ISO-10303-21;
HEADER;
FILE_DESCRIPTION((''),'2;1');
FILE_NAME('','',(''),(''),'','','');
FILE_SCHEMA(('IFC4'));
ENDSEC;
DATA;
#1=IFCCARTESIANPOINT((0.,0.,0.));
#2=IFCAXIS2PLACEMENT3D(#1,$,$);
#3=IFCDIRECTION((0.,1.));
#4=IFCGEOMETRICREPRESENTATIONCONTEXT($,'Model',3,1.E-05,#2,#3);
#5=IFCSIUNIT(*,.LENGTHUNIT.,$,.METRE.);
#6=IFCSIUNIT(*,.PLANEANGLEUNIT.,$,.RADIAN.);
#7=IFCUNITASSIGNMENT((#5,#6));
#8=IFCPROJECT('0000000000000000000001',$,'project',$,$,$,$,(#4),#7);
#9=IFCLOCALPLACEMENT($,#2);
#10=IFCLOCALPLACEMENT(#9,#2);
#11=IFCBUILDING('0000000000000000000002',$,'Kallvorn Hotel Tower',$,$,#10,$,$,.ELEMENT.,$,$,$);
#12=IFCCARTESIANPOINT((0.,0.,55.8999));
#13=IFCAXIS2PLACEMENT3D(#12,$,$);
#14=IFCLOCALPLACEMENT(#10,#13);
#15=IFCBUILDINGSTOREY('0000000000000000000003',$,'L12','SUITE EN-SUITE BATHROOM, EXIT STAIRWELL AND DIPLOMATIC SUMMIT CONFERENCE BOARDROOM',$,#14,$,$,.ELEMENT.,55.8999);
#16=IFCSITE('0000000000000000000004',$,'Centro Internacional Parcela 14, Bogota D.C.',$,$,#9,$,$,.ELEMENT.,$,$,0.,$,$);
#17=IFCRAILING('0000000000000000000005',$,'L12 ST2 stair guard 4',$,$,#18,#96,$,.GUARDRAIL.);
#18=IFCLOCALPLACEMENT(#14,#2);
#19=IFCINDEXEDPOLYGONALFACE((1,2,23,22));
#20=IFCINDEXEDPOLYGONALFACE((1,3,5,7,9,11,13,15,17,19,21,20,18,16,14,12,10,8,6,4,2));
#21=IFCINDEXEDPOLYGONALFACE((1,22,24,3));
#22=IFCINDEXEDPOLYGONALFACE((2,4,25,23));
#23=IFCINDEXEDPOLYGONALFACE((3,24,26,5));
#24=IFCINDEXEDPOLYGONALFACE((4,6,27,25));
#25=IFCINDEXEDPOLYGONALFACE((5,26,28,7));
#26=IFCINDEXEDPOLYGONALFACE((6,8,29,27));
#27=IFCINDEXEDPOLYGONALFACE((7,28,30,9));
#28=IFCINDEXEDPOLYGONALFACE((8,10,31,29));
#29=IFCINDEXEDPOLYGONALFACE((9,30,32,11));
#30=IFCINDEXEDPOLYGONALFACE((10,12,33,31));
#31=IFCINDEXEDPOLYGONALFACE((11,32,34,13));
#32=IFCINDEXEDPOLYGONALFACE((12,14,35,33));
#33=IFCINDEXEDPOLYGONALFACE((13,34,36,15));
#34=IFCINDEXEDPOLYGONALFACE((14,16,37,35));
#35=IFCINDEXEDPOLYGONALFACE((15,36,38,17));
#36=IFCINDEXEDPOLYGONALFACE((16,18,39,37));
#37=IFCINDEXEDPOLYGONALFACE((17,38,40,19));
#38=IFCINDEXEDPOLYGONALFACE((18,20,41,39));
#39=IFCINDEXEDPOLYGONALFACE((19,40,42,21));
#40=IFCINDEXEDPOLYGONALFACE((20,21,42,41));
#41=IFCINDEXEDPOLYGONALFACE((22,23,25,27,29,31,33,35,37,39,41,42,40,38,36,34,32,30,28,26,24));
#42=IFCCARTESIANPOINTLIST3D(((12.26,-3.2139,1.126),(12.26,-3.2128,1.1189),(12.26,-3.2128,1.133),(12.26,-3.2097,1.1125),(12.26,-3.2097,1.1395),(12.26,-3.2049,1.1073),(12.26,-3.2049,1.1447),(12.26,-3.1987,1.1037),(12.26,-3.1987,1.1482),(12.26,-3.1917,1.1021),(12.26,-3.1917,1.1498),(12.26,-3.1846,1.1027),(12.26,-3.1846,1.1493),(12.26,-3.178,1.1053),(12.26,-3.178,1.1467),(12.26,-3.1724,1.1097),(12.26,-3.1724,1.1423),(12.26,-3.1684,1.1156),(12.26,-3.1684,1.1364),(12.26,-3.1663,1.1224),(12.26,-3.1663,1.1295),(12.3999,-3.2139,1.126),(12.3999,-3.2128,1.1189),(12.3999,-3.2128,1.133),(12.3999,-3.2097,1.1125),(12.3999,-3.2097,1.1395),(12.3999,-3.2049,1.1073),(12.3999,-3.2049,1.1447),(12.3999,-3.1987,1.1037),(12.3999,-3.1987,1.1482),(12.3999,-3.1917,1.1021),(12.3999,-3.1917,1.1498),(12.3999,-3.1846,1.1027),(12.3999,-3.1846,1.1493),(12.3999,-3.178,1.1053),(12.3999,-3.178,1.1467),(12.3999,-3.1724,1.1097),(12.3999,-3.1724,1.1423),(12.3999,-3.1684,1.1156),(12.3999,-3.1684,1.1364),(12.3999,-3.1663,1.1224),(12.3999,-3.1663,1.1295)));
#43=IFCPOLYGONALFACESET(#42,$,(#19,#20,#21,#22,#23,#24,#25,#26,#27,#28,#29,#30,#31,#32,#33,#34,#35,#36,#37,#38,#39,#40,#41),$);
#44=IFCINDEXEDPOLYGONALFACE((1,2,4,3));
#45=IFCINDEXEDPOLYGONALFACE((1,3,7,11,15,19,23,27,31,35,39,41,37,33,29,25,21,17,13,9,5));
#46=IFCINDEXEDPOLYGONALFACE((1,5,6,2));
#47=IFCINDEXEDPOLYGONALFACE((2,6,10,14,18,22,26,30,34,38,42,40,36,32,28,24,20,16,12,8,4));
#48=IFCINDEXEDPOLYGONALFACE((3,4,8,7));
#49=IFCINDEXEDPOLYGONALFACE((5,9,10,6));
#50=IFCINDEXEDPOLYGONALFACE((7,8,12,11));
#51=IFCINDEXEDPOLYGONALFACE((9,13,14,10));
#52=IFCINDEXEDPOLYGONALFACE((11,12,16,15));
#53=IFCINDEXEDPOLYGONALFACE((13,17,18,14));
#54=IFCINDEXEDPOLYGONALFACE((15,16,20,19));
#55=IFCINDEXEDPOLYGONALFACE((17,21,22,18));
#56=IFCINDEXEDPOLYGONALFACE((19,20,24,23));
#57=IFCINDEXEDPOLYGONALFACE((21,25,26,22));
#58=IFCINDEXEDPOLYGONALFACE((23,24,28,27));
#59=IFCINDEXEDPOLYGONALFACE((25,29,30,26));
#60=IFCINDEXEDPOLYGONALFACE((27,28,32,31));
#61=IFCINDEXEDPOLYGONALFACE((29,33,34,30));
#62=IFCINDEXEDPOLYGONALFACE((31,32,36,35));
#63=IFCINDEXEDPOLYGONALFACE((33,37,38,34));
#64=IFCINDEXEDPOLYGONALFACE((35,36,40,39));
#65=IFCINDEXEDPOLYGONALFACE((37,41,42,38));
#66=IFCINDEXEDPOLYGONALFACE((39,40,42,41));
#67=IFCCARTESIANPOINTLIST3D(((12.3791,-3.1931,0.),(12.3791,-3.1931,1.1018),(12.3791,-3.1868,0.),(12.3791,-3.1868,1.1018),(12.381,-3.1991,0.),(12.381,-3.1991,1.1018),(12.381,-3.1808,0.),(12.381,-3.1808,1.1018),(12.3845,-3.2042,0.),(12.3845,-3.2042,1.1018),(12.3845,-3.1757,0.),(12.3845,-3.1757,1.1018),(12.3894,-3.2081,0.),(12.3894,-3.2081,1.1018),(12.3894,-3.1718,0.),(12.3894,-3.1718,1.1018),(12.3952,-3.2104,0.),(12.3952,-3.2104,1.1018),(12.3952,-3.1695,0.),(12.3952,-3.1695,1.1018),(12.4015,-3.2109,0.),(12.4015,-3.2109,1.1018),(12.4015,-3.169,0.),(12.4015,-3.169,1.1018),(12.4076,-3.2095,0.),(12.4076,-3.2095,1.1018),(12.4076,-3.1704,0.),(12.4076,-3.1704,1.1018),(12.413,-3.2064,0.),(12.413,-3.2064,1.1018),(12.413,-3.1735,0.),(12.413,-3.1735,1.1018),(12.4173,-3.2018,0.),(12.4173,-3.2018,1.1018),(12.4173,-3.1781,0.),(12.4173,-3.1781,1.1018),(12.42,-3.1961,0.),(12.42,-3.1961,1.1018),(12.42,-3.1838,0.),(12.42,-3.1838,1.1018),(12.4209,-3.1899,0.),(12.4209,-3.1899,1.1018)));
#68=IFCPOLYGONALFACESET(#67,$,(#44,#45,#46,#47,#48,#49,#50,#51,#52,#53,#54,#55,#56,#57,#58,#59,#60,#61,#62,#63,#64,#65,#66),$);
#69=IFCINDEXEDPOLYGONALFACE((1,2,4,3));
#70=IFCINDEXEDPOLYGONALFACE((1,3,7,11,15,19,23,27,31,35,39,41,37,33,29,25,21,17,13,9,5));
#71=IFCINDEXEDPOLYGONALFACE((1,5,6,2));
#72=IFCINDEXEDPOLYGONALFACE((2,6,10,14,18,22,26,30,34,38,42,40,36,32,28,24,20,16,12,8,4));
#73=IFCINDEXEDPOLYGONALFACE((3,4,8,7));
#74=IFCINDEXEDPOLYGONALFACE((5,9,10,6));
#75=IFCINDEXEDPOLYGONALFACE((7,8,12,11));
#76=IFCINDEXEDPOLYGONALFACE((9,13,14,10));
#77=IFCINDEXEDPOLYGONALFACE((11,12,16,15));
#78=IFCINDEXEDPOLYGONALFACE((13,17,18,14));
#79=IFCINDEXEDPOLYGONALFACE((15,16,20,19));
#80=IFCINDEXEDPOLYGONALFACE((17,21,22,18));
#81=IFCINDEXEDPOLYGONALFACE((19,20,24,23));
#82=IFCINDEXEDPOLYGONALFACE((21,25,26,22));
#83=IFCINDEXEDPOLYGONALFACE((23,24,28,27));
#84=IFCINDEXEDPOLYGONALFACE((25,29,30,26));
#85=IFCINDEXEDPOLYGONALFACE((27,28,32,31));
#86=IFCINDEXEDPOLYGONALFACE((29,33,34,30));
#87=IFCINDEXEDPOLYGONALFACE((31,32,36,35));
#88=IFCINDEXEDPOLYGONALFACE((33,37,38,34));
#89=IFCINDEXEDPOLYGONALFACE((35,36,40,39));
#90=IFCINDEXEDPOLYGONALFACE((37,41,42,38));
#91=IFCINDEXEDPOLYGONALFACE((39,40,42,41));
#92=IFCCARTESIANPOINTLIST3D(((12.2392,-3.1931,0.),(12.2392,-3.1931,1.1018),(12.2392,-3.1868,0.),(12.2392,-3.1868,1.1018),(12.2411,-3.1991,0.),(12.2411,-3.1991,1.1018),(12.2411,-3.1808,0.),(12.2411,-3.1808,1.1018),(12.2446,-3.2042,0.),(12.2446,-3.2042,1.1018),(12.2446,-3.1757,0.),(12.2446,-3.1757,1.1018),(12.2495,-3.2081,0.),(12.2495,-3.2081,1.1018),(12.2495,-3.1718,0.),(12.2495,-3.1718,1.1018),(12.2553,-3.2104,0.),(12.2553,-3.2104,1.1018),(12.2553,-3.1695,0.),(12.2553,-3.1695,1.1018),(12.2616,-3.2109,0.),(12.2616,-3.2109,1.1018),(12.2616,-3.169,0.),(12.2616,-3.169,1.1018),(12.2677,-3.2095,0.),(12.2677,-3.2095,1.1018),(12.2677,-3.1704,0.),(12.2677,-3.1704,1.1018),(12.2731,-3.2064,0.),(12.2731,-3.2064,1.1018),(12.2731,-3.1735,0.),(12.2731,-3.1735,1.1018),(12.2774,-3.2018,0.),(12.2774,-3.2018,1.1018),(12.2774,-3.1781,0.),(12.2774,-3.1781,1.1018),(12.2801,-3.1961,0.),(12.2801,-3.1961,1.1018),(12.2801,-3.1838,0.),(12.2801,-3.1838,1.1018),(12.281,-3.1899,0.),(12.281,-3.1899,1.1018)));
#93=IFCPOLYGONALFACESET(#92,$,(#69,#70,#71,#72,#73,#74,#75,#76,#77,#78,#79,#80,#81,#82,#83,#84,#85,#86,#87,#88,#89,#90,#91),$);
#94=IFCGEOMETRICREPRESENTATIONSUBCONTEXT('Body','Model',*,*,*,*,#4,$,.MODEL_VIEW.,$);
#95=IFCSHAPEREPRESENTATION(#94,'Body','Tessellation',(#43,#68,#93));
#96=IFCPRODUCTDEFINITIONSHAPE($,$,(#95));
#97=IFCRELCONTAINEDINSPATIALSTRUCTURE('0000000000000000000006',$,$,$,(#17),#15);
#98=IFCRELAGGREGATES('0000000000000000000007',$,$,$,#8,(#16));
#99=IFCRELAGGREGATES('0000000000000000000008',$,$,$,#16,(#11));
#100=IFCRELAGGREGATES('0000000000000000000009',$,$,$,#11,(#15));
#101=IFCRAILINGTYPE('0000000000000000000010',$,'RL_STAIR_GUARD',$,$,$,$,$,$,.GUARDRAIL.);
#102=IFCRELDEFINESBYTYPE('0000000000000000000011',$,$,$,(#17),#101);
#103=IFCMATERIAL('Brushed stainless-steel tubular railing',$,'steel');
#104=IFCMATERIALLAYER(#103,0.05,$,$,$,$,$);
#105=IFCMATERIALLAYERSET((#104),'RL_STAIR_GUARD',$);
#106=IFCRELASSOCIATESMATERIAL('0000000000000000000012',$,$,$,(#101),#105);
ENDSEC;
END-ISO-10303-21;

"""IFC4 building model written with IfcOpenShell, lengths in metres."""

from ifc_helpers import new_model, si_unit, direction, frame, origin, origin_2d, place, context, subcontext, project, spatial, circle, extrude, material, layer, layer_set, type_object, element, save


model = new_model("IFC4")

# Units and contexts
model_context = context("Model", 3, precision=1e-05, world=origin(), true_north=direction((0.0, 1.0)))
body_context = subcontext(model_context, "Body", "Model", "MODEL_VIEW")
ifc_project = project(units=[si_unit("LENGTHUNIT", "METRE"), si_unit("PLANEANGLEUNIT", "RADIAN")], contexts=[model_context])

# Site, building, storey
site_placement = place(None, origin())
site = spatial("IfcSite", under=ifc_project, at=site_placement, Name="Centro Internacional Parcela 14, Bogota D.C.", CompositionType="ELEMENT", RefElevation=0.0)
building_placement = place(site_placement, origin())
building = spatial("IfcBuilding", under=site, at=building_placement, Name="Kallvorn Hotel Tower", CompositionType="ELEMENT")
storey_placement = place(building_placement, frame((0.0, 0.0, 55.8999)))
storey = spatial("IfcBuildingStorey", under=building, at=storey_placement, Name="L12", Description="SUITE EN-SUITE BATHROOM, EXIT STAIRWELL AND DIPLOMATIC SUMMIT CONFERENCE BOARDROOM", CompositionType="ELEMENT", Elevation=55.8999)

# Railing
ifc_material_1 = material(Name="Brushed stainless-steel tubular railing", Category="steel")
ifc_layer_1 = layer(ifc_material_1, 0.05)
ifc_layer_set_1 = layer_set([ifc_layer_1], Name="RL_STAIR_GUARD")
railing_type_1 = type_object("IfcRailingType", Name="RL_STAIR_GUARD", PredefinedType="GUARDRAIL", material=ifc_layer_set_1)
railing_1_placement = place(storey_placement, frame((12.3999, -3.1899, 0.0)))
element("IfcRailing", 1, at=railing_1_placement, inside=storey, type_object=railing_type_1, Name="L12 ST2 stair guard 4", PredefinedType="GUARDRAIL", context=body_context, shape_type="SweptSolid", body=[
    extrude(circle(Radius=0.0239, at=origin_2d()), frame((0.0, 0.0, 1.126), z_axis=(-1.0, 0.0, 0.0), x_axis=(0.0, -1.0, 0.0)), (0.0, 0.0, 1.0), 0.1399),
    extrude(circle(Radius=0.021, at=origin_2d()), origin(), (0.0, 0.0, 1.0), 1.1018),
    extrude(circle(Radius=0.021, at=origin_2d()), frame((-0.1399, 0.0, 0.0)), (0.0, 0.0, 1.0), 1.1018),
])

save(model, "model.ifc")
